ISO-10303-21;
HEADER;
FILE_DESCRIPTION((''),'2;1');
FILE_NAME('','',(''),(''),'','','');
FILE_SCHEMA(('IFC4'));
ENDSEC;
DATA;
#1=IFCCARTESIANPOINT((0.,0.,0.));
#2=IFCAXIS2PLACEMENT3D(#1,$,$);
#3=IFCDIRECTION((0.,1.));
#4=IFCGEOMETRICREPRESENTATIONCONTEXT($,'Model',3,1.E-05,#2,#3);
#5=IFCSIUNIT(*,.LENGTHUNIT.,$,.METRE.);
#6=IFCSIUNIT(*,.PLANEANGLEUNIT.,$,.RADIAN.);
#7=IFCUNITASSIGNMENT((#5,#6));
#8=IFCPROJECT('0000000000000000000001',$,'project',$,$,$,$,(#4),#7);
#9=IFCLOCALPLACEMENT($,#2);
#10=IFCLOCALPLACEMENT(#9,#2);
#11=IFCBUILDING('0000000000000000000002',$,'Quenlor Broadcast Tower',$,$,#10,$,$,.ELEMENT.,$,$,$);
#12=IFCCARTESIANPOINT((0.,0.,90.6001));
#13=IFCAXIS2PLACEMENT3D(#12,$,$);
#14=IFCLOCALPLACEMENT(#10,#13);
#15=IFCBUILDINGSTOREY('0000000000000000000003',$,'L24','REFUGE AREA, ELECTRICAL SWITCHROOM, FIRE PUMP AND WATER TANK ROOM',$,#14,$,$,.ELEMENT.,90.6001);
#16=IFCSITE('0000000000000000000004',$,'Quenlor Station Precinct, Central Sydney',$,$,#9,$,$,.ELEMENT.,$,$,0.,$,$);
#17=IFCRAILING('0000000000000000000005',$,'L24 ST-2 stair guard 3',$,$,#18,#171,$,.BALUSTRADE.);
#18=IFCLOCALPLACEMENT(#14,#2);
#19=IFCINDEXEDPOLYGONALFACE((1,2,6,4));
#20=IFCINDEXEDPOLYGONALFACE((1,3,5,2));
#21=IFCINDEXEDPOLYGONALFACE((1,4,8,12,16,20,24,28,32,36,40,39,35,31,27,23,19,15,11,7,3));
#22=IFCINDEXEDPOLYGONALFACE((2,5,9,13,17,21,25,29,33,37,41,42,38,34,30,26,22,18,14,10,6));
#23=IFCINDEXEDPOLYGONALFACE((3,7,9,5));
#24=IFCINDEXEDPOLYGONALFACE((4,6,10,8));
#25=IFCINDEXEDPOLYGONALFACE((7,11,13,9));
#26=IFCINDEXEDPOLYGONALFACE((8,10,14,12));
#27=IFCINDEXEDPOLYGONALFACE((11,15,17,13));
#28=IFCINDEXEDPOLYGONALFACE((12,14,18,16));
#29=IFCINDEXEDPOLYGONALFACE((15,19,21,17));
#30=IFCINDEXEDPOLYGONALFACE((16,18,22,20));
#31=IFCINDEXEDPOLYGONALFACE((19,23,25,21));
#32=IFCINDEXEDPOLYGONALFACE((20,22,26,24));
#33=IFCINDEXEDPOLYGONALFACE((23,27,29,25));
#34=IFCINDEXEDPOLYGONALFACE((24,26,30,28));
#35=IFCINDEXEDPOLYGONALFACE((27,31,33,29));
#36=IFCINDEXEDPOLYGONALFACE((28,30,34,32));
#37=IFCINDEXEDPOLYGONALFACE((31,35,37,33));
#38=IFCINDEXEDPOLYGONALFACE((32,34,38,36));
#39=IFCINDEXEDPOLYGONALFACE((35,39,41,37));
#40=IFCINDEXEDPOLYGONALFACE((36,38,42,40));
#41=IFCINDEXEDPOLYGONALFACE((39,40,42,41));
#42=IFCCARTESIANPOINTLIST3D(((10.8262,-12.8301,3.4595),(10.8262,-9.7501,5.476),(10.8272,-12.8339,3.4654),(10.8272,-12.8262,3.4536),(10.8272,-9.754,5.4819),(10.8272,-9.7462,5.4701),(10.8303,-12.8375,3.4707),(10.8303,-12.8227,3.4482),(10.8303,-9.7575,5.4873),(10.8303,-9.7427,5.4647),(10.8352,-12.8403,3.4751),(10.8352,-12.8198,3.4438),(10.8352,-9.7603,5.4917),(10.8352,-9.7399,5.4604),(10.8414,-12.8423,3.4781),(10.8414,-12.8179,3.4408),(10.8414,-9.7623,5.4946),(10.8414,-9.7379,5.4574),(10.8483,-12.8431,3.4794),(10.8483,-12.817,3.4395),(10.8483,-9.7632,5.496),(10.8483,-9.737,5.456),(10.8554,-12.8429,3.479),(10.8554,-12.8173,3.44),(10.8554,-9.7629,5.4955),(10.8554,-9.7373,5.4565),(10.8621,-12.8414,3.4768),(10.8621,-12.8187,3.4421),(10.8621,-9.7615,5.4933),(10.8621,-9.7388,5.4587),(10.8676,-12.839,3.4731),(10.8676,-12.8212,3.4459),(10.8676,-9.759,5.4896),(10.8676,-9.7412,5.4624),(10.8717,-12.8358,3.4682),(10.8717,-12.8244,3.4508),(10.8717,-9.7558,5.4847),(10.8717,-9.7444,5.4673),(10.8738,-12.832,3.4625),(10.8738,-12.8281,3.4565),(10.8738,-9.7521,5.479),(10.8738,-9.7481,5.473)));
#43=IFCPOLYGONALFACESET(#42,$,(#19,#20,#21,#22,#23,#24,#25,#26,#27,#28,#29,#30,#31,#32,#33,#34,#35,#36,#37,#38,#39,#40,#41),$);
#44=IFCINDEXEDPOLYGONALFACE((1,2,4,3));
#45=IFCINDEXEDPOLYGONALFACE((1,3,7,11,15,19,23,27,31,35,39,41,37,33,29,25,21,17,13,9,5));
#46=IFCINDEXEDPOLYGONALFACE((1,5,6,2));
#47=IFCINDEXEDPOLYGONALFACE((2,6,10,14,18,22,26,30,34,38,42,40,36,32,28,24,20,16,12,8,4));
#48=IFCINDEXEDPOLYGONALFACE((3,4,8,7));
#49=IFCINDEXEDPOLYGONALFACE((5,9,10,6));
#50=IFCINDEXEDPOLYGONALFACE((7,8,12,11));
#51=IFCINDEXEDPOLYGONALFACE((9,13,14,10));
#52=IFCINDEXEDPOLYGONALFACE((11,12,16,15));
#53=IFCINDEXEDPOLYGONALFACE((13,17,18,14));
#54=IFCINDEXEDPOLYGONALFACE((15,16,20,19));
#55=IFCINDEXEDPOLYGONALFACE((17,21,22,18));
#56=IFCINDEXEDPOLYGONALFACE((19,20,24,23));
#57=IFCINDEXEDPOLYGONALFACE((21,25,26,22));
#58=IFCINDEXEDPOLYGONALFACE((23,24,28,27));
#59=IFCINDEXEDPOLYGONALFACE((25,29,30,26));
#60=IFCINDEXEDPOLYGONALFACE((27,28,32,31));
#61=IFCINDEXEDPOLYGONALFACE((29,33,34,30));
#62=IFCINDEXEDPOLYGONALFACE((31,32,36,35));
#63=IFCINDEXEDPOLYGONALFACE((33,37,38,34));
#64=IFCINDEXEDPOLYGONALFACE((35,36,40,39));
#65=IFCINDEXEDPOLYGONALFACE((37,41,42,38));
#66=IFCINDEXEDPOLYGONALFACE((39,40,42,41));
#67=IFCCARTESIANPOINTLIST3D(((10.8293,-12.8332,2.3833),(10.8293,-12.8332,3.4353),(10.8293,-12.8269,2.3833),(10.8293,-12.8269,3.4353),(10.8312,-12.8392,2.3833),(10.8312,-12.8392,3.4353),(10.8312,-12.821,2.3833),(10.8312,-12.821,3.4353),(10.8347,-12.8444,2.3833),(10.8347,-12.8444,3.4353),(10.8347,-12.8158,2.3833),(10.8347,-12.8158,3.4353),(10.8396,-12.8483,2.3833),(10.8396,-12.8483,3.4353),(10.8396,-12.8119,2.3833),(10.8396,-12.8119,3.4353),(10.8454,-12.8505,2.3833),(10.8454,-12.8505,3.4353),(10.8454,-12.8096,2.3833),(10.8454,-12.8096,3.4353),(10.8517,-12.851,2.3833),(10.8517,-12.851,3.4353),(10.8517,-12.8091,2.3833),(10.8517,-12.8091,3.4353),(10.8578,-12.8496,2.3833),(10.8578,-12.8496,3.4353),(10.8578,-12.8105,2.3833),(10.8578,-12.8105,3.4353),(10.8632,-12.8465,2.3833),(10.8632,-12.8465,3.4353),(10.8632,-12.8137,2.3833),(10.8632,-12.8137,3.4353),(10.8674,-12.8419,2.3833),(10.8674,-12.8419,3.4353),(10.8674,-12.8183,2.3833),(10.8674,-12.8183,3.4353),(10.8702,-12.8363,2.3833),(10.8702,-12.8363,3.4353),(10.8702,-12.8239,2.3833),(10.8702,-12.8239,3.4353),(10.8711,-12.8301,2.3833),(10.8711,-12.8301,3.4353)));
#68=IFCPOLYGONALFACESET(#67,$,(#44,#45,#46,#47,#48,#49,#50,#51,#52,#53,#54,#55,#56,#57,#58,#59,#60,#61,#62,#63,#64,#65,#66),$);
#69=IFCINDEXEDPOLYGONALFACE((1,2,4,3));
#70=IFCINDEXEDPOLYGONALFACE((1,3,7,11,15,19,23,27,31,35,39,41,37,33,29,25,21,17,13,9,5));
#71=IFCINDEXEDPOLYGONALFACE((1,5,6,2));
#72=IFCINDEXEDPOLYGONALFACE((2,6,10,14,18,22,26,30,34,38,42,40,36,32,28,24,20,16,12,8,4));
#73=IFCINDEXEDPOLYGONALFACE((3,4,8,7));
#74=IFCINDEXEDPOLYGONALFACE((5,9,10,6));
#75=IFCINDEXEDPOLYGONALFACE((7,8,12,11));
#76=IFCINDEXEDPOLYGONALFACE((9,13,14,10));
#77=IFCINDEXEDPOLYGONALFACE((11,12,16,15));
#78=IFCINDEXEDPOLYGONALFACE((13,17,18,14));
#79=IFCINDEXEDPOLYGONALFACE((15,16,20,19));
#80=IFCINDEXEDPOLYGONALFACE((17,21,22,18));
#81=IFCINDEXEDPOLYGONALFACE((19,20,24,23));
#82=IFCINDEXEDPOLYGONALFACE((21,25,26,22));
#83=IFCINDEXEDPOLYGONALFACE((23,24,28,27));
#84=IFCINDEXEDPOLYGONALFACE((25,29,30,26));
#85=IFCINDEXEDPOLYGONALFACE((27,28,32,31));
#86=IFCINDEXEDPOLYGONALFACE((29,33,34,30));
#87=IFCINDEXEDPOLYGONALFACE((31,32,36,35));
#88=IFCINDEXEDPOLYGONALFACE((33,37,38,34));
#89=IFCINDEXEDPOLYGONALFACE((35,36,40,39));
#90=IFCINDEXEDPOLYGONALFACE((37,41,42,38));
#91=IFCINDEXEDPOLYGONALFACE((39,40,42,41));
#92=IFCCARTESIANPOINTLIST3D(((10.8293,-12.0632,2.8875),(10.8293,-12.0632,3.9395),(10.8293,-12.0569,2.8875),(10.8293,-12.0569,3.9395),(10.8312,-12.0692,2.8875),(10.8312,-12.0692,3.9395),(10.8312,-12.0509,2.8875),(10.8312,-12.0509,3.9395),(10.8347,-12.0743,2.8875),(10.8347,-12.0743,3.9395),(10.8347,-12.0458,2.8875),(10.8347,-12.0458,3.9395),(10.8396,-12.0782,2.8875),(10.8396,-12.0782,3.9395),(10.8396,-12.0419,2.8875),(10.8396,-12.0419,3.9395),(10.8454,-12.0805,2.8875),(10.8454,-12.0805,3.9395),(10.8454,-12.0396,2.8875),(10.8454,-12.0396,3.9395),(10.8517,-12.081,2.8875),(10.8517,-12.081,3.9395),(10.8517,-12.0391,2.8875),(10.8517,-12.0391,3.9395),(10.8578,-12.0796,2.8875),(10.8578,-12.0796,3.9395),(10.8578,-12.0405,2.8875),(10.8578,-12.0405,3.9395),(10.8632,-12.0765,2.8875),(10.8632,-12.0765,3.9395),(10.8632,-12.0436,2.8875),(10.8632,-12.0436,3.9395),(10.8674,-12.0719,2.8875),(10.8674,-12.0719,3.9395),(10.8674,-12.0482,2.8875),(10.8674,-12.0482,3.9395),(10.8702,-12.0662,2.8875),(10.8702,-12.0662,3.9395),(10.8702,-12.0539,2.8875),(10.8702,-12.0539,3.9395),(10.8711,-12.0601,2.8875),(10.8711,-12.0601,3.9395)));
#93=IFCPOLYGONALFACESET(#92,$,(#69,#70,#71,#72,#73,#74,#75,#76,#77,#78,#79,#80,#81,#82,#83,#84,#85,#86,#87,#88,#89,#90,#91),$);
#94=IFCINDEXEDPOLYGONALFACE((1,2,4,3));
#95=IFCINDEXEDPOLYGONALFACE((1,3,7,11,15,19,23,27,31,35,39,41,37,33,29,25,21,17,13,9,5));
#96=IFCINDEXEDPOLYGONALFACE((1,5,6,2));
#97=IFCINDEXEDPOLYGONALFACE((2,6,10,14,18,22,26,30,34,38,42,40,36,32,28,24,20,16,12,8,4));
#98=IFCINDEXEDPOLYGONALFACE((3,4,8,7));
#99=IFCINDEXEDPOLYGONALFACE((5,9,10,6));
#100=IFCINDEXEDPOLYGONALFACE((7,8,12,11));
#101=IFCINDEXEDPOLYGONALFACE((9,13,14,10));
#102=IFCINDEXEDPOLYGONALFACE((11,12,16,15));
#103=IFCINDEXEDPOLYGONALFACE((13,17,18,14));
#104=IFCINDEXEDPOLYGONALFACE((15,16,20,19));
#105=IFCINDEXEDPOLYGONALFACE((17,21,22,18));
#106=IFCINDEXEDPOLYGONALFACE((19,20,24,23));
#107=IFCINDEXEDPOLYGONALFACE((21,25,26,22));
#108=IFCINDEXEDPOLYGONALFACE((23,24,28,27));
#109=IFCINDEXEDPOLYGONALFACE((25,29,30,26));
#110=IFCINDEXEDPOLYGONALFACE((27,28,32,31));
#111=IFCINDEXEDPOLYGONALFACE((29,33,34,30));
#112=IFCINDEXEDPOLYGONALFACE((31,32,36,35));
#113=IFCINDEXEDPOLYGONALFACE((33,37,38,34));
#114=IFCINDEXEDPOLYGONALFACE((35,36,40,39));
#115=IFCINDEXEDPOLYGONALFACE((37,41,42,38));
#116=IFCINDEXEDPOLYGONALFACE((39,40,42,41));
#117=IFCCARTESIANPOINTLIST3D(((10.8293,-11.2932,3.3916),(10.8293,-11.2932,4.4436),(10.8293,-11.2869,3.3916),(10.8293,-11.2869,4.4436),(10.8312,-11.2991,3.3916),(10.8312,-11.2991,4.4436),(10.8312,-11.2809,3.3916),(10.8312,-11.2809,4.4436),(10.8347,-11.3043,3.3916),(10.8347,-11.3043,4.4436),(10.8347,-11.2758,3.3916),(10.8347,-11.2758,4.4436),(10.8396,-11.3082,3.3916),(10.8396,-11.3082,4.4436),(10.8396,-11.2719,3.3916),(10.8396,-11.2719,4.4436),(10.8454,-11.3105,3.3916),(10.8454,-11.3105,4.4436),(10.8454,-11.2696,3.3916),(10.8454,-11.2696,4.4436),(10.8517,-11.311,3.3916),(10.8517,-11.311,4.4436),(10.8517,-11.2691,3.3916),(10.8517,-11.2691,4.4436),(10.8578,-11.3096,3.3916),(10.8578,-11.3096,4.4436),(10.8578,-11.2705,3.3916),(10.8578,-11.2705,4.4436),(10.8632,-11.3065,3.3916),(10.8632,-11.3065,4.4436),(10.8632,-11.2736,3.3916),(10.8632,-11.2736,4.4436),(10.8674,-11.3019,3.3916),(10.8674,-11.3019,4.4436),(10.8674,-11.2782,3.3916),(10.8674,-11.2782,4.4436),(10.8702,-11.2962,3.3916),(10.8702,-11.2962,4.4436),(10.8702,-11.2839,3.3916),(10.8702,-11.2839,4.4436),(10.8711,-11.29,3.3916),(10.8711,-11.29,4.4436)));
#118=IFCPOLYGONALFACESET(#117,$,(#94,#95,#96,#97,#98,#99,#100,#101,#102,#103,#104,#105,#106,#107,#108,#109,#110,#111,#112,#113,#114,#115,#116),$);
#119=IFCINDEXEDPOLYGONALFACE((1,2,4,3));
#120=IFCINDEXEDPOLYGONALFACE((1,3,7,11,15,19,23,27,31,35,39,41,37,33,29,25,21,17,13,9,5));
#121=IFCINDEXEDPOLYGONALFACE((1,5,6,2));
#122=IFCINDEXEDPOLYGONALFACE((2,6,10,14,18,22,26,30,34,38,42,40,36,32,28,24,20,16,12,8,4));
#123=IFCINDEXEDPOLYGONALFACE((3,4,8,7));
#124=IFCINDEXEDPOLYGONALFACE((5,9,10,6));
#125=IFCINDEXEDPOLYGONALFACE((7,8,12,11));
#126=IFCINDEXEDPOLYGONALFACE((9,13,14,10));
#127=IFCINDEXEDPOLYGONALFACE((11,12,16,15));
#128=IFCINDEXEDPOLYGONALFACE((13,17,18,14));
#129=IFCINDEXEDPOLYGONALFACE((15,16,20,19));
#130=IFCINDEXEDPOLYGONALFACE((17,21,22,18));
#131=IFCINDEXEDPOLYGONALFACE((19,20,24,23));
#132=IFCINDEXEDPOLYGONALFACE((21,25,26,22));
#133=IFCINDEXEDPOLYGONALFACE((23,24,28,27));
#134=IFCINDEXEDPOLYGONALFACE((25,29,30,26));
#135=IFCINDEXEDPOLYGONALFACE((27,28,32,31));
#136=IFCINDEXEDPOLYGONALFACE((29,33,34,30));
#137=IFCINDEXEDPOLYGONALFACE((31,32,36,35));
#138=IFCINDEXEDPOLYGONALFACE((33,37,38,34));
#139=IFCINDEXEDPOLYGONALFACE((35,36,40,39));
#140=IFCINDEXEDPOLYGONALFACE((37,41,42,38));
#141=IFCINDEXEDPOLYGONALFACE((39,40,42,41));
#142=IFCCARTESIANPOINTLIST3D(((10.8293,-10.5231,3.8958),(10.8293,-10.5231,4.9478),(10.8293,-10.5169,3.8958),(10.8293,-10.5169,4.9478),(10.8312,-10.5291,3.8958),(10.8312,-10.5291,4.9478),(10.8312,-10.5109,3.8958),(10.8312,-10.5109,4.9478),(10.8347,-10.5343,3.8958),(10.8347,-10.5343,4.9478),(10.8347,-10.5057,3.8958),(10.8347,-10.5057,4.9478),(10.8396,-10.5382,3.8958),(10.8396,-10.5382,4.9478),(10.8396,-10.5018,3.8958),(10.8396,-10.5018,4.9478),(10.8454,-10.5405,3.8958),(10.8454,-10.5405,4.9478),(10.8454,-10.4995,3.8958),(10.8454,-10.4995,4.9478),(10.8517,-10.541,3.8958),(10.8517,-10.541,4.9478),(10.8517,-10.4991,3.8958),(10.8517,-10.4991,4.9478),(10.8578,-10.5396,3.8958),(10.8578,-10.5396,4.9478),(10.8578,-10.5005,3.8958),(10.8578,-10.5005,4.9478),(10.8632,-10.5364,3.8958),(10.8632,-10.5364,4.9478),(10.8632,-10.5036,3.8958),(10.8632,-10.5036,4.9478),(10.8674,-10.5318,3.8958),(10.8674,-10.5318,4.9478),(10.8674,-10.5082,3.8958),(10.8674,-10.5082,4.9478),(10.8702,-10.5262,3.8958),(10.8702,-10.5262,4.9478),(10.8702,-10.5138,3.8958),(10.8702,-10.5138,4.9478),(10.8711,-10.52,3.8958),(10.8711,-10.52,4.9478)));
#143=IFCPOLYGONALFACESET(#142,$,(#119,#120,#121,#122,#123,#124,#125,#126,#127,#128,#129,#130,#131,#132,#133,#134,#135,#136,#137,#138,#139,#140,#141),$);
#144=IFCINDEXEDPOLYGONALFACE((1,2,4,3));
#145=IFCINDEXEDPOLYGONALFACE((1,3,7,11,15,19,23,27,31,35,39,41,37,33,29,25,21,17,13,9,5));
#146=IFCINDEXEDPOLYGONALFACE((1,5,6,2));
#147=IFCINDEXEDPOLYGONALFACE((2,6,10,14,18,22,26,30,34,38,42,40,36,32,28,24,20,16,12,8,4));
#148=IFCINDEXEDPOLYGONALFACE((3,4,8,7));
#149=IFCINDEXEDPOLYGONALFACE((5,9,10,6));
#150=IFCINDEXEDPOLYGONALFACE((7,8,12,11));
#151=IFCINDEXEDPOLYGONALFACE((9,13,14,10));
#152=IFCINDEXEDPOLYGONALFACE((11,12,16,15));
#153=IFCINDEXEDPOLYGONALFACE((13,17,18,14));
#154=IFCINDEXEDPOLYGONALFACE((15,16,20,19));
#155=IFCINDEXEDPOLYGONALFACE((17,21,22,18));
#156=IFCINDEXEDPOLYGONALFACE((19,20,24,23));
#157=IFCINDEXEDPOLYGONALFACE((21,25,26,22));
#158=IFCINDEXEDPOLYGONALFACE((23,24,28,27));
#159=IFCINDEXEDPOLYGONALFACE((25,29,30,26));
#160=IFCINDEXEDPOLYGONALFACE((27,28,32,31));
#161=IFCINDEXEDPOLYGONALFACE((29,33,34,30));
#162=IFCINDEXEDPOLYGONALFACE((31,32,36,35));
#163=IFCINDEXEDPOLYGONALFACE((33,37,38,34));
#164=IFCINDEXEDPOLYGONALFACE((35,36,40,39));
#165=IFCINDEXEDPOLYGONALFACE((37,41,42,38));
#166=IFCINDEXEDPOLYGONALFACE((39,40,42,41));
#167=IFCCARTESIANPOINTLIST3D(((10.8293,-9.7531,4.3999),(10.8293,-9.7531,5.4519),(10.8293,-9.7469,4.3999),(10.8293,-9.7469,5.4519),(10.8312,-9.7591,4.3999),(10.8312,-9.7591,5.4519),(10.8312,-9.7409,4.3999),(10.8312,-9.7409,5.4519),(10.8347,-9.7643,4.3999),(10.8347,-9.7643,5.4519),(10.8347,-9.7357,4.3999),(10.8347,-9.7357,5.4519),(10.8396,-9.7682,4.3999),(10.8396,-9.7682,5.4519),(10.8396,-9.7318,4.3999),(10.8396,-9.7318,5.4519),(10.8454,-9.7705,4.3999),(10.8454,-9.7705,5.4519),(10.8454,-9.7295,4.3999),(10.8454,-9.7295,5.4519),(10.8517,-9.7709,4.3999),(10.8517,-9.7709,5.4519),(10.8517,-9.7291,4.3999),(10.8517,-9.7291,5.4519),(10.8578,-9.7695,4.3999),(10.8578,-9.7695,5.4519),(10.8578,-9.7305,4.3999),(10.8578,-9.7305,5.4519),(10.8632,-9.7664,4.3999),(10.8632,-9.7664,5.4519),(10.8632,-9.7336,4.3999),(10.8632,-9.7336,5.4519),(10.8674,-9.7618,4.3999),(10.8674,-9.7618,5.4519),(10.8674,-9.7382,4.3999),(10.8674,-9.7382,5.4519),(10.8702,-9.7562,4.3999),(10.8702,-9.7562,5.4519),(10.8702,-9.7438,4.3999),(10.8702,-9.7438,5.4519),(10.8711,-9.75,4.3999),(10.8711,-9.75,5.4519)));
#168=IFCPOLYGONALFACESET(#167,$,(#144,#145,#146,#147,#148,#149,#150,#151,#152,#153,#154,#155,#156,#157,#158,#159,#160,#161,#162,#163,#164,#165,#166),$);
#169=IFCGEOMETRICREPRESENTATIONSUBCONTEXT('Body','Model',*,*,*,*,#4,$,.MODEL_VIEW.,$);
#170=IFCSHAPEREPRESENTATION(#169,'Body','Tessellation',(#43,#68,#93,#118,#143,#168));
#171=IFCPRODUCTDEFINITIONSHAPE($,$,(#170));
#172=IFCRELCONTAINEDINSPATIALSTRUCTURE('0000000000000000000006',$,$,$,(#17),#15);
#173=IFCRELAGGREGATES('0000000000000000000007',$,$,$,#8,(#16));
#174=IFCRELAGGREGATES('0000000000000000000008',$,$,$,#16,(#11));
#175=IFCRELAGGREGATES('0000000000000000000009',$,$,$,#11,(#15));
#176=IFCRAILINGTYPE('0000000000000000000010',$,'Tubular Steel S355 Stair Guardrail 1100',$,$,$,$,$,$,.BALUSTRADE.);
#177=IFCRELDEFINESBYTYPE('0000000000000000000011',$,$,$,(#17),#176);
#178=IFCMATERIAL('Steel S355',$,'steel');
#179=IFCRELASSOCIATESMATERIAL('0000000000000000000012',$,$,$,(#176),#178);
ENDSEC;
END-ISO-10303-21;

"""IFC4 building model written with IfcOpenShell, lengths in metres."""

from ifc_helpers import new_model, si_unit, direction, frame, origin, origin_2d, place, context, subcontext, project, spatial, circle, extrude, material, type_object, element, save


model = new_model("IFC4")

# Units and contexts
model_context = context("Model", 3, precision=1e-05, world=origin(), true_north=direction((0.0, 1.0)))
body_context = subcontext(model_context, "Body", "Model", "MODEL_VIEW")
ifc_project = project(units=[si_unit("LENGTHUNIT", "METRE"), si_unit("PLANEANGLEUNIT", "RADIAN")], contexts=[model_context])

# Site, building, storey
site_placement = place(None, origin())
site = spatial("IfcSite", under=ifc_project, at=site_placement, Name="Quenlor Station Precinct, Central Sydney", CompositionType="ELEMENT", RefElevation=0.0)
building_placement = place(site_placement, origin())
building = spatial("IfcBuilding", under=site, at=building_placement, Name="Quenlor Broadcast Tower", CompositionType="ELEMENT")
storey_placement = place(building_placement, frame((0.0, 0.0, 90.6001)))
storey = spatial("IfcBuildingStorey", under=building, at=storey_placement, Name="L24", Description="REFUGE AREA, ELECTRICAL SWITCHROOM, FIRE PUMP AND WATER TANK ROOM", CompositionType="ELEMENT", Elevation=90.6001)

# Railing
ifc_material_1 = material(Name="Steel S355", Category="steel")
railing_type_1 = type_object("IfcRailingType", Name="Tubular Steel S355 Stair Guardrail 1100", PredefinedType="BALUSTRADE", material=ifc_material_1)
railing_1_placement = place(storey_placement, frame((10.8501, -12.8301, 2.3833)))
element("IfcRailing", 1, at=railing_1_placement, inside=storey, type_object=railing_type_1, Name="L24 ST-2 stair guard 3", PredefinedType="BALUSTRADE", context=body_context, shape_type="SweptSolid", body=[
    extrude(circle(Radius=0.0239, at=origin_2d()), frame((0.0, 0.0, 1.0762), z_axis=(0.0, 0.836633, 0.547764), x_axis=(-1.0, 0.0, 0.0)), (0.0, 0.0, 1.0), 3.6814),
    extrude(circle(Radius=0.021, at=origin_2d()), origin(), (0.0, 0.0, 1.0), 1.052),
    extrude(circle(Radius=0.021, at=origin_2d()), frame((0.0, 0.77, 0.5042)), (0.0, 0.0, 1.0), 1.052),
    extrude(circle(Radius=0.021, at=origin_2d()), frame((0.0, 1.54, 1.0083)), (0.0, 0.0, 1.0), 1.052),
    extrude(circle(Radius=0.021, at=origin_2d()), frame((0.0, 2.3101, 1.5125)), (0.0, 0.0, 1.0), 1.052),
    extrude(circle(Radius=0.021, at=origin_2d()), frame((0.0, 3.0801, 2.0166)), (0.0, 0.0, 1.0), 1.052),
])

save(model, "model.ifc")
